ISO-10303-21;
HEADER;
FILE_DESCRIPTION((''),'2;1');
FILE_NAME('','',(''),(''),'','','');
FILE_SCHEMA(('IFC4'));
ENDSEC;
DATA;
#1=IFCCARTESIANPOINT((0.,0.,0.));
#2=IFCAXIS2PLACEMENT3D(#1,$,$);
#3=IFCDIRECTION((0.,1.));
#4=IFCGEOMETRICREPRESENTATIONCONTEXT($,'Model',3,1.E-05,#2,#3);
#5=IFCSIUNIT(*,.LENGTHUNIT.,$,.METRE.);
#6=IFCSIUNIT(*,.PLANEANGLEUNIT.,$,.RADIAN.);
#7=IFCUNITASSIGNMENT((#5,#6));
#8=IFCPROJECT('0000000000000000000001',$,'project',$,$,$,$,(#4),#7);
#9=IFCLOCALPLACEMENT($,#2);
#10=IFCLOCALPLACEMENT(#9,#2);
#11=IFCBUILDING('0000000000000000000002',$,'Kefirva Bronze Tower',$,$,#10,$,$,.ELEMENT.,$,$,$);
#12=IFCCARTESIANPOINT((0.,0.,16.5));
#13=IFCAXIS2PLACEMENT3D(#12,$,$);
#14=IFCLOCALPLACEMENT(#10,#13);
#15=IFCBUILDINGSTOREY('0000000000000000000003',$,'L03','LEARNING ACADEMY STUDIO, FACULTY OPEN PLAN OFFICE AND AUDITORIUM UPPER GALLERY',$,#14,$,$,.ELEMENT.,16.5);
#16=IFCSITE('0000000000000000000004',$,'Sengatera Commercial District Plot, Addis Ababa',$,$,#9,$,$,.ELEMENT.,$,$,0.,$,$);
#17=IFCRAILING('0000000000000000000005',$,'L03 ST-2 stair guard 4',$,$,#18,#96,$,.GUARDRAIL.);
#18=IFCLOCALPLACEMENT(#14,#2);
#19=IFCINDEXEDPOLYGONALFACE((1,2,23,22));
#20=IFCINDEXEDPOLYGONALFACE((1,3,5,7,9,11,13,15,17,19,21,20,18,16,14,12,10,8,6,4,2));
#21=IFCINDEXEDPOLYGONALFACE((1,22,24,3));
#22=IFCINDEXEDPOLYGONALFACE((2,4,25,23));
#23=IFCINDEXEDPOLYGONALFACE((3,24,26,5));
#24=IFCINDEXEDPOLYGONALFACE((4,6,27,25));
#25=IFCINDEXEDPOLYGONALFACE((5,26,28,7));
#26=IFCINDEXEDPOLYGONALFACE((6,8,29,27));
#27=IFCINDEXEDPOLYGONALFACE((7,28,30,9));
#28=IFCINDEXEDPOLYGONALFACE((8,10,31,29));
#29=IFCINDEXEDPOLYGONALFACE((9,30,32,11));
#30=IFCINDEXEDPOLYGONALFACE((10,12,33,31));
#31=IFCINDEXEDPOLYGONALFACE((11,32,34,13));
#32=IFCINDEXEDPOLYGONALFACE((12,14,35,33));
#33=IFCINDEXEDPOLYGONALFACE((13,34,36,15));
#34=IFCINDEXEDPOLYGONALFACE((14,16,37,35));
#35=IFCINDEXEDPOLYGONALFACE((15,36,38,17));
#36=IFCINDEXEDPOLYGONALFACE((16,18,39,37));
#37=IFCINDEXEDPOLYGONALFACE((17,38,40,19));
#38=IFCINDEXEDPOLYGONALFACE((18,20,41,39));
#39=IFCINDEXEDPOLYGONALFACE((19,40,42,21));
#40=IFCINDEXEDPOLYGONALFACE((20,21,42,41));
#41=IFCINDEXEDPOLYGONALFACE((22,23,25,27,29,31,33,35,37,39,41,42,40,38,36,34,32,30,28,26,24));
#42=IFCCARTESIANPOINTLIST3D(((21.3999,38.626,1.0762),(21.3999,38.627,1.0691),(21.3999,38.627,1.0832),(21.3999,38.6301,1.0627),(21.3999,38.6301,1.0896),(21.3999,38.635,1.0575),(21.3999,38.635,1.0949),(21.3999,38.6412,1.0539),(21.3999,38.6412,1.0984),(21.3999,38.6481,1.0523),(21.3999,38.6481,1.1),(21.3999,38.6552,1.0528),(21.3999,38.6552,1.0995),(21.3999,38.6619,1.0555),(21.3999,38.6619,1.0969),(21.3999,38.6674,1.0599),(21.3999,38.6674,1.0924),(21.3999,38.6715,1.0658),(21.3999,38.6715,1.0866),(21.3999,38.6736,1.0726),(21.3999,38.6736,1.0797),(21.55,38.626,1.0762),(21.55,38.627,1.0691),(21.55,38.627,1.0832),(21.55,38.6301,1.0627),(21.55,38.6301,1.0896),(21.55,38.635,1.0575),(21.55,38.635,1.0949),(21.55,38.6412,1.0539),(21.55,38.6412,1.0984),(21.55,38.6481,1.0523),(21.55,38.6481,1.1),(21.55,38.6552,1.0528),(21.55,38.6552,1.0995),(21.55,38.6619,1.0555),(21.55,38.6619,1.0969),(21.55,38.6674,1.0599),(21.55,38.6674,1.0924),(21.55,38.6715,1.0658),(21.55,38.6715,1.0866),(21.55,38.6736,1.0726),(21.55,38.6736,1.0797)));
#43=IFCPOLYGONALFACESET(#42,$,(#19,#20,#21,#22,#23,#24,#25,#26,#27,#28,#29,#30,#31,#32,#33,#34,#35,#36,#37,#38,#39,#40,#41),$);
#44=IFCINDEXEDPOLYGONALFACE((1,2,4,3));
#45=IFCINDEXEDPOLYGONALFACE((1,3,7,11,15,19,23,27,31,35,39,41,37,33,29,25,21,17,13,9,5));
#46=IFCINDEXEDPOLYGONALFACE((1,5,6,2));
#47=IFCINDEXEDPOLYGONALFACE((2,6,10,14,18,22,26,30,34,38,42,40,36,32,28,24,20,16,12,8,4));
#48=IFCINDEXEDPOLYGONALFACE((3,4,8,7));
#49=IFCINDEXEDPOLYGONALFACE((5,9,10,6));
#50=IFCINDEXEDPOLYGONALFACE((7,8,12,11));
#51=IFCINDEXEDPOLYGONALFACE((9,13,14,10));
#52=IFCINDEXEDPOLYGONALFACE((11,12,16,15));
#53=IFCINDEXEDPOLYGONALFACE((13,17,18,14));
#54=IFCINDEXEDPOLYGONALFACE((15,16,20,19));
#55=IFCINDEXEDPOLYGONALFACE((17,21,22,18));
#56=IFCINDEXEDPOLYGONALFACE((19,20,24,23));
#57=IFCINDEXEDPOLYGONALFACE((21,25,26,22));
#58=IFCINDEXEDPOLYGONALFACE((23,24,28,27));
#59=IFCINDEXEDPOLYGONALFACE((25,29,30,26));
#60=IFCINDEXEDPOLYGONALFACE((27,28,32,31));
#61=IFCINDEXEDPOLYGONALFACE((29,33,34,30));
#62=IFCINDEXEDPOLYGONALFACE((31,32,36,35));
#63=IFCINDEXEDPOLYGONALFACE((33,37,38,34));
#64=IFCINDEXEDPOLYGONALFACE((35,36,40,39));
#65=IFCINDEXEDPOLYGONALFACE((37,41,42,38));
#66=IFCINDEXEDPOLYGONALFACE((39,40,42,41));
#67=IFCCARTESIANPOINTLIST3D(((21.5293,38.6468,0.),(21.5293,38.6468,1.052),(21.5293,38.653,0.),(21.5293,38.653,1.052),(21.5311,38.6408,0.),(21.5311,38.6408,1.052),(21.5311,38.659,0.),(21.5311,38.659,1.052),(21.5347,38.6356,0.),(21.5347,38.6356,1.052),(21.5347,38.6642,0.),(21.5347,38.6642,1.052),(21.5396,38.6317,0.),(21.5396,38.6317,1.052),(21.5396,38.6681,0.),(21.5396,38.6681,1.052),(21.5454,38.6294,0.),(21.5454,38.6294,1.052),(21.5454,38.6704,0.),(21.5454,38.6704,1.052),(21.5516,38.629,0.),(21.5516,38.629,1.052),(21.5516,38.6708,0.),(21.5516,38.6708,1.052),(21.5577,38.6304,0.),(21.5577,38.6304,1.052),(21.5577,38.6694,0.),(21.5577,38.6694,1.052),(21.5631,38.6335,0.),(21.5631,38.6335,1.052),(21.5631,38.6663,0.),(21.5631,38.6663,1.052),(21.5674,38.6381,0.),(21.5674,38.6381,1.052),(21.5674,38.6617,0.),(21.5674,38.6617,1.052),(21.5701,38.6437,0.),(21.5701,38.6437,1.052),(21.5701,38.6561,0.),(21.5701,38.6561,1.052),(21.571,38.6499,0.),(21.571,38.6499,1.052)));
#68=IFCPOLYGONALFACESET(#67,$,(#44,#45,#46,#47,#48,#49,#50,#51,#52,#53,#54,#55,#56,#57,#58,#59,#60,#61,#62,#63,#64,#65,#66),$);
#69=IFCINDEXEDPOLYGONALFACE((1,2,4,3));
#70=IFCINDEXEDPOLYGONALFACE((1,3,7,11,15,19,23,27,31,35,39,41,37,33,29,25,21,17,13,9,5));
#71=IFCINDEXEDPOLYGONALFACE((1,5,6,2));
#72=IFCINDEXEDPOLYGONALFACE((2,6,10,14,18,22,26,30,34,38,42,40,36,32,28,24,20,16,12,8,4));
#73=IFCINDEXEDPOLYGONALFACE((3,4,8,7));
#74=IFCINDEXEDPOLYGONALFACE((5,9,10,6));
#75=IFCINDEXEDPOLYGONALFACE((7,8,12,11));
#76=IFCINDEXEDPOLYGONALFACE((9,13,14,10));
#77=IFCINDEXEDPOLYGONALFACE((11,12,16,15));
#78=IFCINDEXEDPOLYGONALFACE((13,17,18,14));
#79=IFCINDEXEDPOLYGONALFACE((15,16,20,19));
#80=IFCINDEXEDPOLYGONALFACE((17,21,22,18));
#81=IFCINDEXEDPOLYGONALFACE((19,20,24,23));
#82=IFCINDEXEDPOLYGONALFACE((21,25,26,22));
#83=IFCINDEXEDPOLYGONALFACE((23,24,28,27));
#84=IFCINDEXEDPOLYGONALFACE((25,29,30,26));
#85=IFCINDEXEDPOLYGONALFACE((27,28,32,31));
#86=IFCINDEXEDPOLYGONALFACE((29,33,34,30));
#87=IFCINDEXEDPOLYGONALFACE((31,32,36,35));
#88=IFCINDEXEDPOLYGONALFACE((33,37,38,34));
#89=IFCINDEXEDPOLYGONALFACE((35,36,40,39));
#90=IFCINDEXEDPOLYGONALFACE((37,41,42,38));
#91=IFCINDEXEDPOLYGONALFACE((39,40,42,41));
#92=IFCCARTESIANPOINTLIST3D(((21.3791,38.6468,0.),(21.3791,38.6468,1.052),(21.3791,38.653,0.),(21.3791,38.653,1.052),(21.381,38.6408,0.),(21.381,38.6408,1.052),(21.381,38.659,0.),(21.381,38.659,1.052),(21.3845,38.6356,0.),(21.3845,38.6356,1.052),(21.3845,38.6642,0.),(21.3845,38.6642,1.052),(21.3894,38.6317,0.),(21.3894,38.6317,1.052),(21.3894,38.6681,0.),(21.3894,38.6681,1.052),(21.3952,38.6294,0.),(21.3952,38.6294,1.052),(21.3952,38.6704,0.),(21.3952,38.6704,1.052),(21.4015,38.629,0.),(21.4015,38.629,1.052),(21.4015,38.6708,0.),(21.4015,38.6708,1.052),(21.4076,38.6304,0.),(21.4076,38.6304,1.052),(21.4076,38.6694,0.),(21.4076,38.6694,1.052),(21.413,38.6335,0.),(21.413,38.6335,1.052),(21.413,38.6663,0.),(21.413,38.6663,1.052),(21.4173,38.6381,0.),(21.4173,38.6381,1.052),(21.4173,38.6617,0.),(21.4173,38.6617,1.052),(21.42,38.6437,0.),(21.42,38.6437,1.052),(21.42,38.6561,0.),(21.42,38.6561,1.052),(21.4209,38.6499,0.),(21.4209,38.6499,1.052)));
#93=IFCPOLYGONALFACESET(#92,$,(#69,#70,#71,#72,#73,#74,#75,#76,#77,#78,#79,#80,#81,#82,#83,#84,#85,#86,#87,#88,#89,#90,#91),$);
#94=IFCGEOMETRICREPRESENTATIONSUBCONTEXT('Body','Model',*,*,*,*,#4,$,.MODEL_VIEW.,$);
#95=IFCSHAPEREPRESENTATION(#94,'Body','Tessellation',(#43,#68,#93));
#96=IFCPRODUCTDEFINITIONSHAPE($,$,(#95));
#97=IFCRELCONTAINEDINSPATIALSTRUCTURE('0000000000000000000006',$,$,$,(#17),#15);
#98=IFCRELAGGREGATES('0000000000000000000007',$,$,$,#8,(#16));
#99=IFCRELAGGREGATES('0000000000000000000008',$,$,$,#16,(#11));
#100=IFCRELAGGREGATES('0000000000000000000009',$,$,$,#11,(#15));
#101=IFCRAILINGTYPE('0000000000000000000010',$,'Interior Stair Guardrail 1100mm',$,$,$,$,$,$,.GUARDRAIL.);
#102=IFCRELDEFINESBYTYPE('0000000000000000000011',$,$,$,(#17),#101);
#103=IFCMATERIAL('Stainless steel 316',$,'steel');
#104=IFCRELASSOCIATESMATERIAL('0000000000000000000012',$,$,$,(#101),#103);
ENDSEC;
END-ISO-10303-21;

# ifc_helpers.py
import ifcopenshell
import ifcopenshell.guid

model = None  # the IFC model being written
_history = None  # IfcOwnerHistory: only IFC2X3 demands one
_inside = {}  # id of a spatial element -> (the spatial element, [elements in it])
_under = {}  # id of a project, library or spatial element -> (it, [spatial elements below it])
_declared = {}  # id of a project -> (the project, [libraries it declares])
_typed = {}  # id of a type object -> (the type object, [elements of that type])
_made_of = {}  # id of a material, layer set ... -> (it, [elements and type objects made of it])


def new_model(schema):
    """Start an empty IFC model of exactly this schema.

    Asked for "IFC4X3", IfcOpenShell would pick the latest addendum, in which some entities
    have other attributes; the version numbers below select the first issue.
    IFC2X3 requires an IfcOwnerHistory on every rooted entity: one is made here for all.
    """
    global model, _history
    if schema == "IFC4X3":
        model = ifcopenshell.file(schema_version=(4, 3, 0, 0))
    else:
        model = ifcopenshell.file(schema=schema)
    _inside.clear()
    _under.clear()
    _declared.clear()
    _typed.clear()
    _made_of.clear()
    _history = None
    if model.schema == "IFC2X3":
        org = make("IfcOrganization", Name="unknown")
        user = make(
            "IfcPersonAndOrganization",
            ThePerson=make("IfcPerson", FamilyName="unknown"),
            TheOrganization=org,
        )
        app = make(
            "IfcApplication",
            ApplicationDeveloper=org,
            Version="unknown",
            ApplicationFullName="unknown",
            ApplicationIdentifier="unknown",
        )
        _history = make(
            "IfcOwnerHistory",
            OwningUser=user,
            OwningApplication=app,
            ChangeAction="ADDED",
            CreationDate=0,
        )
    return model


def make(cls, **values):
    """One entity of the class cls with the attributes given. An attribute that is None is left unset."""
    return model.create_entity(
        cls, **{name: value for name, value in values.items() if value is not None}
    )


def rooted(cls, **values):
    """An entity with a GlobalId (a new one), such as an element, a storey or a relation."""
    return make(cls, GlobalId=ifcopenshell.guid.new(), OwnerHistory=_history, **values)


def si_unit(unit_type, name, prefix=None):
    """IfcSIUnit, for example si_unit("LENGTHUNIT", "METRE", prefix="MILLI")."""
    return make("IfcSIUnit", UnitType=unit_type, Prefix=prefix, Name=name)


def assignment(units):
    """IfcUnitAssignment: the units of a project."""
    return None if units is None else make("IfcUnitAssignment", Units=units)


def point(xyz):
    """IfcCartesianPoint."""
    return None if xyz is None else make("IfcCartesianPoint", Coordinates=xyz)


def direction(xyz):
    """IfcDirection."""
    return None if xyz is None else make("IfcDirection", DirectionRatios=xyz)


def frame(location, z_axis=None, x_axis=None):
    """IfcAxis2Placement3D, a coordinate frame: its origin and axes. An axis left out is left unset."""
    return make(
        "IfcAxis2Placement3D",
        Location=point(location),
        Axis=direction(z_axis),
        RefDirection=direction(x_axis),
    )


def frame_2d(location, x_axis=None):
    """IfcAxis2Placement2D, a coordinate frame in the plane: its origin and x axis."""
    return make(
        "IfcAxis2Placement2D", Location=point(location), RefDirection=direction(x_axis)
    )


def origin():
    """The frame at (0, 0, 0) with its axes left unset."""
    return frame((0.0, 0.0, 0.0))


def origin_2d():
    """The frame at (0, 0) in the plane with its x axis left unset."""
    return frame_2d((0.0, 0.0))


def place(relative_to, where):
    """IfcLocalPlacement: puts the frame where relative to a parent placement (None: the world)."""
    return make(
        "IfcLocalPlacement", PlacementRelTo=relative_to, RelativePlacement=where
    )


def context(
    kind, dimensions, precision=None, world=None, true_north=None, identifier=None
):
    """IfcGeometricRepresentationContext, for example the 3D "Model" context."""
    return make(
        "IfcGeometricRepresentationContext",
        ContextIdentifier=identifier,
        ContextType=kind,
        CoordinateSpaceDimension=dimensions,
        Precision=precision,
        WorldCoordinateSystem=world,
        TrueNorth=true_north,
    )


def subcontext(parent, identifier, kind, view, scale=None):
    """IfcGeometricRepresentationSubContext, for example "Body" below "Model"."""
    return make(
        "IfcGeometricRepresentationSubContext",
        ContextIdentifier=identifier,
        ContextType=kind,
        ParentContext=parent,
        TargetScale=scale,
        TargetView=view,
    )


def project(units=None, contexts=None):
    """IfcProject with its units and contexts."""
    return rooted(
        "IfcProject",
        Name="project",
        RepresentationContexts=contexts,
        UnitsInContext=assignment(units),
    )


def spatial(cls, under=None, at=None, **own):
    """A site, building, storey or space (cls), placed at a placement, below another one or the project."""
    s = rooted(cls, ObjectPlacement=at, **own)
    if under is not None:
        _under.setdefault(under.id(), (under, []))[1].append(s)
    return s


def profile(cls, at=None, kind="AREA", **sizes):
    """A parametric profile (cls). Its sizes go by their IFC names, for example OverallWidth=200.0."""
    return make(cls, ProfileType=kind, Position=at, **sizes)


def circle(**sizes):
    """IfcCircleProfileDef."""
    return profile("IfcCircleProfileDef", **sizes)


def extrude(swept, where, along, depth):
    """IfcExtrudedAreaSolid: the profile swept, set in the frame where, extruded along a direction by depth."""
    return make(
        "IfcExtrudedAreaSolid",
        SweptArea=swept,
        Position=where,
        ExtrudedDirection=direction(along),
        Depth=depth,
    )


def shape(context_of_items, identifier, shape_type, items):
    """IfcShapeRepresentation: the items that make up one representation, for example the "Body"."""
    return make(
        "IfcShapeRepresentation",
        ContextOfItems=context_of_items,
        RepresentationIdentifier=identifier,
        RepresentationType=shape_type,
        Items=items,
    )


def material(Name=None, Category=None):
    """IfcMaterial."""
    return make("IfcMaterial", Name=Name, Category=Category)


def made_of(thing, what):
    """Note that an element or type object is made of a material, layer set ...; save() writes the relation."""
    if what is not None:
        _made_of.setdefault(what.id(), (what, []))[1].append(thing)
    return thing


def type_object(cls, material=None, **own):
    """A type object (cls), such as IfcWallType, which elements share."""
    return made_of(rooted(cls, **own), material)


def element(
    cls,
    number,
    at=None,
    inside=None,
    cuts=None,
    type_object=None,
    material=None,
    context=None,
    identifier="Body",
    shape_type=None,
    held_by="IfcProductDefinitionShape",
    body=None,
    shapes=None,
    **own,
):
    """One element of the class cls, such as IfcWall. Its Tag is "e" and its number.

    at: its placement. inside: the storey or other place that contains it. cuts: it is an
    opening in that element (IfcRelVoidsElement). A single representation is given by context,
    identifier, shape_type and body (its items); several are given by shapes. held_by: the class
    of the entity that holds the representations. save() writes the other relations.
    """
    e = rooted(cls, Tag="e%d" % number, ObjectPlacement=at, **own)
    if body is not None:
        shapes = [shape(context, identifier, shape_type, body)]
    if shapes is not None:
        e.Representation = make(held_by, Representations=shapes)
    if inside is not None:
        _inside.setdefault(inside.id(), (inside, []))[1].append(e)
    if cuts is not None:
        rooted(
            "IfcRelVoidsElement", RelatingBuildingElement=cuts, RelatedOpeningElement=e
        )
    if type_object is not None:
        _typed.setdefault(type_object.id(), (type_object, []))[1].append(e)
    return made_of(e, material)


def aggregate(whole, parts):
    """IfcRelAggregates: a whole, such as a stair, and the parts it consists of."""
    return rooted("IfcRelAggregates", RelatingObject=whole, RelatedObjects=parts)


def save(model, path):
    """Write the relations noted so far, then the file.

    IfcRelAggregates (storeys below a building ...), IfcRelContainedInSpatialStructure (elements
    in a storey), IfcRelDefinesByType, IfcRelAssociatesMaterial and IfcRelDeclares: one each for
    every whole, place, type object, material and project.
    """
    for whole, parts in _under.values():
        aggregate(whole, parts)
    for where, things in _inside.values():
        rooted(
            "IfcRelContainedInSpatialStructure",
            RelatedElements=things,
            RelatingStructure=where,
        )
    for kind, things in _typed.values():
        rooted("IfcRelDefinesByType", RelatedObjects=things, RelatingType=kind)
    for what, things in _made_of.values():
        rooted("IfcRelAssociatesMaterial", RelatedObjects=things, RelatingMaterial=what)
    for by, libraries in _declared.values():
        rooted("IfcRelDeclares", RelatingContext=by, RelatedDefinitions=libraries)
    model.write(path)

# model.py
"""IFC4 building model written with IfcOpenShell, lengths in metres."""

from ifc_helpers import new_model, si_unit, direction, frame, origin, origin_2d, place, context, subcontext, project, spatial, circle, extrude, material, type_object, element, save


model = new_model("IFC4")

# Units and contexts
model_context = context("Model", 3, precision=1e-05, world=origin(), true_north=direction((0.0, 1.0)))
body_context = subcontext(model_context, "Body", "Model", "MODEL_VIEW")
ifc_project = project(units=[si_unit("LENGTHUNIT", "METRE"), si_unit("PLANEANGLEUNIT", "RADIAN")], contexts=[model_context])

# Site, building, storey
site_placement = place(None, origin())
site = spatial("IfcSite", under=ifc_project, at=site_placement, Name="Sengatera Commercial District Plot, Addis Ababa", CompositionType="ELEMENT", RefElevation=0.0)
building_placement = place(site_placement, origin())
building = spatial("IfcBuilding", under=site, at=building_placement, Name="Kefirva Bronze Tower", CompositionType="ELEMENT")
storey_placement = place(building_placement, frame((0.0, 0.0, 16.5)))
storey = spatial("IfcBuildingStorey", under=building, at=storey_placement, Name="L03", Description="LEARNING ACADEMY STUDIO, FACULTY OPEN PLAN OFFICE AND AUDITORIUM UPPER GALLERY", CompositionType="ELEMENT", Elevation=16.5)

# Railing
ifc_material_1 = material(Name="Stainless steel 316", Category="steel")
railing_type_1 = type_object("IfcRailingType", Name="Interior Stair Guardrail 1100mm", PredefinedType="GUARDRAIL", material=ifc_material_1)
railing_1_placement = place(storey_placement, frame((21.55, 38.6499, 0.0)))
element("IfcRailing", 1, at=railing_1_placement, inside=storey, type_object=railing_type_1, Name="L03 ST-2 stair guard 4", PredefinedType="GUARDRAIL", context=body_context, shape_type="SweptSolid", body=[
    extrude(circle(Radius=0.0239, at=origin_2d()), frame((0.0, 0.0, 1.0762), z_axis=(-1.0, 0.0, 0.0), x_axis=(0.0, -1.0, 0.0)), (0.0, 0.0, 1.0), 0.1501),
    extrude(circle(Radius=0.021, at=origin_2d()), origin(), (0.0, 0.0, 1.0), 1.052),
    extrude(circle(Radius=0.021, at=origin_2d()), frame((-0.1501, 0.0, 0.0)), (0.0, 0.0, 1.0), 1.052),
])

save(model, "model.ifc")
